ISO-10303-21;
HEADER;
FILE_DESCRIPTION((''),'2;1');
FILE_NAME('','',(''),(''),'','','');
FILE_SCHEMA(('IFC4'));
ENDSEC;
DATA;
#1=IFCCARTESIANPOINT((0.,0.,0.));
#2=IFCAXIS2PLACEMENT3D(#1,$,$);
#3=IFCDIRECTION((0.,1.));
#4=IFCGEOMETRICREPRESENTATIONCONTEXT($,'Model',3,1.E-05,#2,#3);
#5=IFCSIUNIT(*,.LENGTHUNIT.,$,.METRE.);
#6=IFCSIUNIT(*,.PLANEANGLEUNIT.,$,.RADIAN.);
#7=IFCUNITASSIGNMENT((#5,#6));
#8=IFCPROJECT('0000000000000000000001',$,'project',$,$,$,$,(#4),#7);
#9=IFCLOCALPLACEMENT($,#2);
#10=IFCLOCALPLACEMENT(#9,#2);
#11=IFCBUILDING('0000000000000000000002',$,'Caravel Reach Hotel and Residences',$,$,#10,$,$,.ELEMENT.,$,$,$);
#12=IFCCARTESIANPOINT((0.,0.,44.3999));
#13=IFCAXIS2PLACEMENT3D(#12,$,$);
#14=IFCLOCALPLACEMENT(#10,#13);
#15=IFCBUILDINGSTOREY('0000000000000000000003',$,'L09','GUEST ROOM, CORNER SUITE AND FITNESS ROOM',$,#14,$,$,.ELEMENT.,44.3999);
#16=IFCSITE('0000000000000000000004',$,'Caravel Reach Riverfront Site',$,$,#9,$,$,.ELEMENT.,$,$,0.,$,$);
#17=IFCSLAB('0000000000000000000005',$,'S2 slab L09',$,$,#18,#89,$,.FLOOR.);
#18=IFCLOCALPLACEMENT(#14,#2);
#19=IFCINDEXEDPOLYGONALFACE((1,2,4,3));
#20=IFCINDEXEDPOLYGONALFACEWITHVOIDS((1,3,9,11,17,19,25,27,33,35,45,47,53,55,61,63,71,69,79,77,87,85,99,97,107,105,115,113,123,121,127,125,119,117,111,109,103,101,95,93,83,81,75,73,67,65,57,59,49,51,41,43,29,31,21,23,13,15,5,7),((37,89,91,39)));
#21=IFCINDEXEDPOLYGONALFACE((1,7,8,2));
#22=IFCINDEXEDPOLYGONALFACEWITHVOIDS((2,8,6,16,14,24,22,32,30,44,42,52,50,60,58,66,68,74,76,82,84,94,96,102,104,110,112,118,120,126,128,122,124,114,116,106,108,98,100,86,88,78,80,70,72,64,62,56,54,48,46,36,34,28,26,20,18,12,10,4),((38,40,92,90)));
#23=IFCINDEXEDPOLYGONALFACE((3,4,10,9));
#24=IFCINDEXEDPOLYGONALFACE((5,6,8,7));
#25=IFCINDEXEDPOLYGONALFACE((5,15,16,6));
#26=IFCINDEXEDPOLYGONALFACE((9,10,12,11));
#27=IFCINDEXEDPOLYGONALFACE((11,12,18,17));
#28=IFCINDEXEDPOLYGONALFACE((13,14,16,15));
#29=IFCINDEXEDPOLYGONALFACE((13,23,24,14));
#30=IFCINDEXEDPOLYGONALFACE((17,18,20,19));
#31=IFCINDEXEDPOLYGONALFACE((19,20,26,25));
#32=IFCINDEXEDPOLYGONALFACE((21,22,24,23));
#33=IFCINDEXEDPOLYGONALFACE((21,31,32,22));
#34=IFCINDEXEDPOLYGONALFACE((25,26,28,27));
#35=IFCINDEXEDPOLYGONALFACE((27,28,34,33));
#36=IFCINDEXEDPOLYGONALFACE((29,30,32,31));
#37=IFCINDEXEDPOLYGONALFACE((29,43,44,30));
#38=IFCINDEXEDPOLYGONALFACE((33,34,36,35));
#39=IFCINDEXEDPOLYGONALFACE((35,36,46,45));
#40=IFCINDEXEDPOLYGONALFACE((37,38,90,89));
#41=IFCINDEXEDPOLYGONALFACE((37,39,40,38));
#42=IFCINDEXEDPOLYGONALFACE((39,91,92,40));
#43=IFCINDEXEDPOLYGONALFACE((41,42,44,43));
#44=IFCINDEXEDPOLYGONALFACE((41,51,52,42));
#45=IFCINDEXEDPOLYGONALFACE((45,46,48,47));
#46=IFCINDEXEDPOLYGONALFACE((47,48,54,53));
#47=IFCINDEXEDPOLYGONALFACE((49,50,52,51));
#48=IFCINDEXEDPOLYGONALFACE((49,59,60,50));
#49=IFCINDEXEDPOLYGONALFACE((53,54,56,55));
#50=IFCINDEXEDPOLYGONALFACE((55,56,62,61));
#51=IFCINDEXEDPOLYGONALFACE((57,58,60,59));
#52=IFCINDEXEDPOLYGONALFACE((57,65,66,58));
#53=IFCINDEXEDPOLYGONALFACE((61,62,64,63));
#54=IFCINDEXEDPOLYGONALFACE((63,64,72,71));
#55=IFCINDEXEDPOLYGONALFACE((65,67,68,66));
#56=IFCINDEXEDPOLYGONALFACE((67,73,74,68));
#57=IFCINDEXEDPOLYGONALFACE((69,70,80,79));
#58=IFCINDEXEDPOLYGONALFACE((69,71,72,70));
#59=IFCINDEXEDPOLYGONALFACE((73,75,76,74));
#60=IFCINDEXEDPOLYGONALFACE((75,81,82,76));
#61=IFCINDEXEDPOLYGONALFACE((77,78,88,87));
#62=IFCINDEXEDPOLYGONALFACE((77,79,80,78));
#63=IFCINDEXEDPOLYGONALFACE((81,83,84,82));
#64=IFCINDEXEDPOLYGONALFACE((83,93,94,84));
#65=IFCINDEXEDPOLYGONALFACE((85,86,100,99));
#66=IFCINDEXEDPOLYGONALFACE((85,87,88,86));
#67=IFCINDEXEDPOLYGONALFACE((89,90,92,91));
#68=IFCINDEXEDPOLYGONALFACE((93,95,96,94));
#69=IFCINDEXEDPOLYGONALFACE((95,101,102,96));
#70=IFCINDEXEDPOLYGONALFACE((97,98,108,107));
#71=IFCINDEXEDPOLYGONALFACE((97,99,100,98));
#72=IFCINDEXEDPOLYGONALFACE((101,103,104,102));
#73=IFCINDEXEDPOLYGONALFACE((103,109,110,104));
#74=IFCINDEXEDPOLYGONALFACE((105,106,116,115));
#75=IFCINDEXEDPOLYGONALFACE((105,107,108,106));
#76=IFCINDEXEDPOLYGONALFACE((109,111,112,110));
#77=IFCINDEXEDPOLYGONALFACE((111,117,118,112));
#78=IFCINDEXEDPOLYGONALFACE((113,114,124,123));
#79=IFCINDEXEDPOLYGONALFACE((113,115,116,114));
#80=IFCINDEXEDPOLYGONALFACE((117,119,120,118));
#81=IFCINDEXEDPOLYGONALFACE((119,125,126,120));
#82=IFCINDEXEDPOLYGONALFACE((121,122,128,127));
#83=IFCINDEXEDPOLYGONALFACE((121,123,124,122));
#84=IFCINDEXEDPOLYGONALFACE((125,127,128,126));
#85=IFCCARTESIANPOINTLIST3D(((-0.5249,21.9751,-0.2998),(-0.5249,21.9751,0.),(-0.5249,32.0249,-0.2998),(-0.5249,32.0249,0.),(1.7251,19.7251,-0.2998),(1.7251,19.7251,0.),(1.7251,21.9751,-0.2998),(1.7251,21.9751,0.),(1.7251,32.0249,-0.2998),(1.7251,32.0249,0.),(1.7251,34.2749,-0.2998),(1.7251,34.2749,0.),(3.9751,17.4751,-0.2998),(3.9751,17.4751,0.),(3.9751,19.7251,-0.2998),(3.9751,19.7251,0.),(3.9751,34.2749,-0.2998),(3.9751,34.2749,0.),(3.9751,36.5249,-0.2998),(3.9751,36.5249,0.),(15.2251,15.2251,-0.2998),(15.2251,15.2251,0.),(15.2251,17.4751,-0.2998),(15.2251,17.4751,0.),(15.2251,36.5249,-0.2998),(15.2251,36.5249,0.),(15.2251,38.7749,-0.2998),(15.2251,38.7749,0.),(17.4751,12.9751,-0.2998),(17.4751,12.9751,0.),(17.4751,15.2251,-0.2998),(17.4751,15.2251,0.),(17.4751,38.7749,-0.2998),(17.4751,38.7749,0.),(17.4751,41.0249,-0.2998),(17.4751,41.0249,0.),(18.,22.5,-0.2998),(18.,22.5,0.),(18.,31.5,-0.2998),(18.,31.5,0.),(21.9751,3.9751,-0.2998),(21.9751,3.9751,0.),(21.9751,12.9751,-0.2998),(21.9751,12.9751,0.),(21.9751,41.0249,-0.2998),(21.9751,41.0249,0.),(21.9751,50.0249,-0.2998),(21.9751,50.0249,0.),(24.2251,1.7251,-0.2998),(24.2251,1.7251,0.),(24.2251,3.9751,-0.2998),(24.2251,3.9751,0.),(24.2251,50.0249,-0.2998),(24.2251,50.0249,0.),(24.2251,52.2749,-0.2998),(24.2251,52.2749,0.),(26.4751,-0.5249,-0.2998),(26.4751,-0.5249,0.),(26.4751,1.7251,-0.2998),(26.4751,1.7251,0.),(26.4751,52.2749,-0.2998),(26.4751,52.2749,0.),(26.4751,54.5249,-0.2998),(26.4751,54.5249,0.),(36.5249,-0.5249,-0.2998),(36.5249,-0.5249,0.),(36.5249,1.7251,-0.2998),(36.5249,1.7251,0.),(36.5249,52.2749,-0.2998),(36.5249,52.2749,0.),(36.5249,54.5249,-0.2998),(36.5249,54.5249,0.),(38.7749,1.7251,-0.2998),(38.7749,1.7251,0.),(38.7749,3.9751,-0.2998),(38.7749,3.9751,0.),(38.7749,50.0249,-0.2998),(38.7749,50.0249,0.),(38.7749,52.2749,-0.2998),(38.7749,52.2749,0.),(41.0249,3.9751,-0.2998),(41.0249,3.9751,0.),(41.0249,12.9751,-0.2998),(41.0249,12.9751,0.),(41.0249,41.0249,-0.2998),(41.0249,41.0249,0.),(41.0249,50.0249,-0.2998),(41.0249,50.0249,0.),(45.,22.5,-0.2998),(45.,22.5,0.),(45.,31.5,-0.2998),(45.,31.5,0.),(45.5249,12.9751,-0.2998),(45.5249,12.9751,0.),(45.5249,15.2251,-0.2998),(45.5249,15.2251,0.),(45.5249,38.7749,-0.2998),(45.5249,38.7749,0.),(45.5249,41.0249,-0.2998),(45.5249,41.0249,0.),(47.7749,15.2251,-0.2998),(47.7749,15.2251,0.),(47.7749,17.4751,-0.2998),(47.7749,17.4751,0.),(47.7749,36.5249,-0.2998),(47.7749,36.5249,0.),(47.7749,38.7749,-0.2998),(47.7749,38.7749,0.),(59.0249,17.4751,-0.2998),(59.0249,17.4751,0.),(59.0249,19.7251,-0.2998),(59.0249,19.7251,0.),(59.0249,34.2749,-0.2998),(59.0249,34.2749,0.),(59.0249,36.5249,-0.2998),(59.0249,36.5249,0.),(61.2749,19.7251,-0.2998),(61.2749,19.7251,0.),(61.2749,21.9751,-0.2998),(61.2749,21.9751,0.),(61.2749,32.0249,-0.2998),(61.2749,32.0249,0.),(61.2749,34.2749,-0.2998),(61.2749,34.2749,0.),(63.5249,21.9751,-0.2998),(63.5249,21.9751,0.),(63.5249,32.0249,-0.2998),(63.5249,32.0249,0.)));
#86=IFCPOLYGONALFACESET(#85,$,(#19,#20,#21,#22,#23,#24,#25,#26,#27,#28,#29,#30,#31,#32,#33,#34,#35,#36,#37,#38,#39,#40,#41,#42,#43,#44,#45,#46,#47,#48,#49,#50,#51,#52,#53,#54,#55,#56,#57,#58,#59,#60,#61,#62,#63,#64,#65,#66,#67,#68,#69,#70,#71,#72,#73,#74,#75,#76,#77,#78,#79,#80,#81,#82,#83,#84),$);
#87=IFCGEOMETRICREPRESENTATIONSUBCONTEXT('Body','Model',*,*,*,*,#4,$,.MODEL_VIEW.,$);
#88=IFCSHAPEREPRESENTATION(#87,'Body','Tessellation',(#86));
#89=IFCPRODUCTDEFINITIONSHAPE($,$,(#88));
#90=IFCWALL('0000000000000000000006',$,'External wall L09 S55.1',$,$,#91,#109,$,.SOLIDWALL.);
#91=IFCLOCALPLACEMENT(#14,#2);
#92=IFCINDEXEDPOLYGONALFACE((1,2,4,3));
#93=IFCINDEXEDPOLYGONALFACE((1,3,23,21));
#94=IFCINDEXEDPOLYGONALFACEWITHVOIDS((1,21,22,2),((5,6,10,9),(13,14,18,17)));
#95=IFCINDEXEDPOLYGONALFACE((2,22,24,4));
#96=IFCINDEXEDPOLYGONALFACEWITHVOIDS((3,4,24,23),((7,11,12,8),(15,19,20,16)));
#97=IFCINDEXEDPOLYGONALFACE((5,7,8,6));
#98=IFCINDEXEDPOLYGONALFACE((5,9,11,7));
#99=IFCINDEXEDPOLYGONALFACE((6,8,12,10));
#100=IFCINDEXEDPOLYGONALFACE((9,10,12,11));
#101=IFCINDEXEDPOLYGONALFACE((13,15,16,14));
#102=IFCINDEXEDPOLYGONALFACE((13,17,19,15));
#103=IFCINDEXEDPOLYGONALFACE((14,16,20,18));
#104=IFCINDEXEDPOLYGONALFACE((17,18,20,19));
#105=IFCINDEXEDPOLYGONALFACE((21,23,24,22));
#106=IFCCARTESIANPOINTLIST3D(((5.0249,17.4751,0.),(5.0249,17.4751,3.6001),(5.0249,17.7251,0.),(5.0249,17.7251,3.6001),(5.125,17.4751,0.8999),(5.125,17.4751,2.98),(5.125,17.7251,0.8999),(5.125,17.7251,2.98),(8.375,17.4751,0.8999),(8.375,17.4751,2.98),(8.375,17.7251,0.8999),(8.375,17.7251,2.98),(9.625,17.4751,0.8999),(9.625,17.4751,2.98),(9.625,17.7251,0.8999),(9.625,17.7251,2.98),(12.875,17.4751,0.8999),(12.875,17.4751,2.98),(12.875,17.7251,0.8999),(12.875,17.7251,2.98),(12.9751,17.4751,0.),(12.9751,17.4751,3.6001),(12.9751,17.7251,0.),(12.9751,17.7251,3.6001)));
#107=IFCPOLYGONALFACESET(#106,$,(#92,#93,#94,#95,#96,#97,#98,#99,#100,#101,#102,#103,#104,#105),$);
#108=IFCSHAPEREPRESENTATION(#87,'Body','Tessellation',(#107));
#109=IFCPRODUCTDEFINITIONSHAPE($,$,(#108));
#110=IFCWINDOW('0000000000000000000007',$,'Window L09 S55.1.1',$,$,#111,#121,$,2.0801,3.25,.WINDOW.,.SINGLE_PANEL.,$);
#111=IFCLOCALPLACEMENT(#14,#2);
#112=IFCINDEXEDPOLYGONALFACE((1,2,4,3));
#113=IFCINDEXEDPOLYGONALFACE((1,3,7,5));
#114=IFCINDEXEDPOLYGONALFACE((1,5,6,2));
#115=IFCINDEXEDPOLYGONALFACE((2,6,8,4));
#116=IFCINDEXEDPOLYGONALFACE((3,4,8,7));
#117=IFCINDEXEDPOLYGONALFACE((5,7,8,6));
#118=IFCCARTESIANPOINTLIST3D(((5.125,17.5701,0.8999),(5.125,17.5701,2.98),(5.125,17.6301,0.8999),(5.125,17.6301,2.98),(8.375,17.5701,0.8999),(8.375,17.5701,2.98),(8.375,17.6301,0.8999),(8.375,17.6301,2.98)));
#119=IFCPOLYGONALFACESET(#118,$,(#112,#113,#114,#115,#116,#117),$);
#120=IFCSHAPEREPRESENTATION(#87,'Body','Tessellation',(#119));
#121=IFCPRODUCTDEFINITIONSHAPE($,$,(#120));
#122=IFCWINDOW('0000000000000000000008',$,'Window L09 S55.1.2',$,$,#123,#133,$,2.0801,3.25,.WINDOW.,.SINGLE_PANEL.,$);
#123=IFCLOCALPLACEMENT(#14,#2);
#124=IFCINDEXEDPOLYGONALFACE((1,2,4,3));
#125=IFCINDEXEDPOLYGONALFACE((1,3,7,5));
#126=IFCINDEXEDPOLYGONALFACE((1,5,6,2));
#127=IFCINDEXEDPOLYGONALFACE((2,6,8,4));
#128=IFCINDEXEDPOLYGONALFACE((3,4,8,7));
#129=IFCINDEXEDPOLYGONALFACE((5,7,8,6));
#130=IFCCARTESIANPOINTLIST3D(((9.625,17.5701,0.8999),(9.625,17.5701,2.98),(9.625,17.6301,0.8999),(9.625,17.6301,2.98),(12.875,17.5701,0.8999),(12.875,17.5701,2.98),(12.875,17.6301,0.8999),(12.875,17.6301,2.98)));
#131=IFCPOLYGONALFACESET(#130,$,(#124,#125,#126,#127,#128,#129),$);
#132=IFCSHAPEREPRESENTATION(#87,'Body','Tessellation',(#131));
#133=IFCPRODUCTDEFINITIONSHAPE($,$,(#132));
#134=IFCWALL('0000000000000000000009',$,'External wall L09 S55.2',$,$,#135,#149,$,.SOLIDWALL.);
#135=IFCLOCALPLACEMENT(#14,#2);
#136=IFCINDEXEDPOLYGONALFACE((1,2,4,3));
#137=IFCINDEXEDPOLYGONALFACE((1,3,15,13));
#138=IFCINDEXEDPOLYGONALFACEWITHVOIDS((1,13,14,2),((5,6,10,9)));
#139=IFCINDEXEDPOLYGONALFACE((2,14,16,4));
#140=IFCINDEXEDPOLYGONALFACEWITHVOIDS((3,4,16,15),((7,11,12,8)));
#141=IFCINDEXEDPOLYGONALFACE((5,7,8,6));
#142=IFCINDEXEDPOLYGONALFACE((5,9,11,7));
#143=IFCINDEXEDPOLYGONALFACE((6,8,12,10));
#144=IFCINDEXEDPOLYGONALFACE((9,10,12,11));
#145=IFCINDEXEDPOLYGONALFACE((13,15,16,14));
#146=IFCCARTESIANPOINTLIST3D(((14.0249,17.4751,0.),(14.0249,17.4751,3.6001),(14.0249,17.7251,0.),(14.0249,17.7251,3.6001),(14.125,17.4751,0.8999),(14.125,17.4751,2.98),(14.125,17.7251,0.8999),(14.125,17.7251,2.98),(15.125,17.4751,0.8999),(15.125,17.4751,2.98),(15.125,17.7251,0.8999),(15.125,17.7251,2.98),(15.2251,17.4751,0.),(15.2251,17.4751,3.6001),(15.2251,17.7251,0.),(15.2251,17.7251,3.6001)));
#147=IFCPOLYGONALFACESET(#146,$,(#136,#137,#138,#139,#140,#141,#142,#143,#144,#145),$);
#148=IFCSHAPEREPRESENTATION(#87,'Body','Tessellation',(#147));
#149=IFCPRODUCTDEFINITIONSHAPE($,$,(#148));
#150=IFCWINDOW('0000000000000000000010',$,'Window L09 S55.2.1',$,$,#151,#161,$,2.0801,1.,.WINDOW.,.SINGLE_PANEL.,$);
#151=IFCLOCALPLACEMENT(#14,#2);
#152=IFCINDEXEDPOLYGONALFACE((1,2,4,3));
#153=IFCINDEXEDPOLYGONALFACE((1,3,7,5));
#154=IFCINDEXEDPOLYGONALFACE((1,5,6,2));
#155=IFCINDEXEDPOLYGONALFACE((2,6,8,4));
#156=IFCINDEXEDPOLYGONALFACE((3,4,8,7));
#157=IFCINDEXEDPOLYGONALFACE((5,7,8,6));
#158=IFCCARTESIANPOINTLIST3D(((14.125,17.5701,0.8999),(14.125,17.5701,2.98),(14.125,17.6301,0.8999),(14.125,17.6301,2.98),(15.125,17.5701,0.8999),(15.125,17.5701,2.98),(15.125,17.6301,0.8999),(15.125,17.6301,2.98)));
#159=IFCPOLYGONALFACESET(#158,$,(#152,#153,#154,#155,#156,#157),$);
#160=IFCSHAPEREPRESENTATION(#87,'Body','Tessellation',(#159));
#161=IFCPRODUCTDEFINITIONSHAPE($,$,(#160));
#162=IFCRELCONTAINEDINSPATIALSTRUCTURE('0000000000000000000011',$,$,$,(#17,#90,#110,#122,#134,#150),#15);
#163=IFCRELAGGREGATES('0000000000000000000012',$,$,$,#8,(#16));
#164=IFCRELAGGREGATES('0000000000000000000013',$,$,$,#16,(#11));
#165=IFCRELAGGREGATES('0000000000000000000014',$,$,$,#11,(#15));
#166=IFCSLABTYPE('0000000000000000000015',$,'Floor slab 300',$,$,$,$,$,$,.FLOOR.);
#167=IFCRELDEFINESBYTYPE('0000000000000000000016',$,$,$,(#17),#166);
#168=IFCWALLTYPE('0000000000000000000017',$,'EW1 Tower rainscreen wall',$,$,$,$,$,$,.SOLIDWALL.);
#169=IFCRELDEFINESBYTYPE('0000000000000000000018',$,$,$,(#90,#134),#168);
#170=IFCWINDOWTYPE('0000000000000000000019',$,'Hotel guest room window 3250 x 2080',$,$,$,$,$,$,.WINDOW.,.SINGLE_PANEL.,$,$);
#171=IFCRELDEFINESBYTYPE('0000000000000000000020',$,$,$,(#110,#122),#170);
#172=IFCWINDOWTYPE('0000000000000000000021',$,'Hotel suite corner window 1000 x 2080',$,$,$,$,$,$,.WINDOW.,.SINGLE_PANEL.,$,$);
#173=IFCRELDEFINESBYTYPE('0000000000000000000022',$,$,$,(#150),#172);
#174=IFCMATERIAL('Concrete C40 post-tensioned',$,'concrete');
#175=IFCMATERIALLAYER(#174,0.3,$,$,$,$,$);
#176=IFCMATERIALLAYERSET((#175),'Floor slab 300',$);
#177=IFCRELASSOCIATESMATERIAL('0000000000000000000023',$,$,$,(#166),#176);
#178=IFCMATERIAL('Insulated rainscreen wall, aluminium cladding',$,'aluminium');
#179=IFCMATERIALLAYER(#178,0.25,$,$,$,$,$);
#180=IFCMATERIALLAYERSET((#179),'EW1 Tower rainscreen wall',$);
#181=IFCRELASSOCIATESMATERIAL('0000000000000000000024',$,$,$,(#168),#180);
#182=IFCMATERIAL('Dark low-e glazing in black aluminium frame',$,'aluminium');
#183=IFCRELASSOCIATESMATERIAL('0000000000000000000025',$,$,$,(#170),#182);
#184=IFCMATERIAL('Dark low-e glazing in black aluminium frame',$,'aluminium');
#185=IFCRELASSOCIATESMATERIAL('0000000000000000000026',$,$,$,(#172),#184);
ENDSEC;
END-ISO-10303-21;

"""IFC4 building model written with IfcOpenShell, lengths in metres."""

from ifc_helpers import new_model, si_unit, direction, frame, frame_2d, origin, place, context, subcontext, project, spatial, polyline, rectangle, outline, extrude, material, layer, layer_set, type_object, element, fill, save


model = new_model("IFC4")

# Units and contexts
model_context = context("Model", 3, precision=1e-05, world=origin(), true_north=direction((0.0, 1.0)))
body_context = subcontext(model_context, "Body", "Model", "MODEL_VIEW")
ifc_project = project(units=[si_unit("LENGTHUNIT", "METRE"), si_unit("PLANEANGLEUNIT", "RADIAN")], contexts=[model_context])

# Site, building, storey
site_placement = place(None, origin())
site = spatial("IfcSite", under=ifc_project, at=site_placement, Name="Caravel Reach Riverfront Site", CompositionType="ELEMENT", RefElevation=0.0)
building_placement = place(site_placement, origin())
building = spatial("IfcBuilding", under=site, at=building_placement, Name="Caravel Reach Hotel and Residences", CompositionType="ELEMENT")
storey_placement = place(building_placement, frame((0.0, 0.0, 44.3999)))
storey = spatial("IfcBuildingStorey", under=building, at=storey_placement, Name="L09", Description="GUEST ROOM, CORNER SUITE AND FITNESS ROOM", CompositionType="ELEMENT", Elevation=44.3999)

# Slab
ifc_material_1 = material(Name="Concrete C40 post-tensioned", Category="concrete")
ifc_layer_1 = layer(ifc_material_1, 0.3)
ifc_layer_set_1 = layer_set([ifc_layer_1], Name="Floor slab 300")
slab_type_1 = type_object("IfcSlabType", Name="Floor slab 300", PredefinedType="FLOOR", material=ifc_layer_set_1)
slab_1_placement = place(storey_placement, frame((0.0, 0.0, -0.2998)))
element("IfcSlab", 1, at=slab_1_placement, inside=storey, type_object=slab_type_1, Name="S2 slab L09", PredefinedType="FLOOR", context=body_context, shape_type="SweptSolid", body=[
    extrude(outline(polyline([(17.4751, 12.9751), (17.4751, 15.2251), (15.2251, 15.2251), (15.2251, 17.4751), (3.9751, 17.4751), (3.9751, 19.7251), (1.7251, 19.7251), (1.7251, 21.9751), (-0.5249, 21.9751), (-0.5249, 32.0249), (1.7251, 32.0249), (1.7251, 34.2749), (3.9751, 34.2749), (3.9751, 36.5249), (15.2251, 36.5249), (15.2251, 38.7749), (17.4751, 38.7749), (17.4751, 41.0249), (21.9751, 41.0249), (21.9751, 50.0249), (24.2251, 50.0249), (24.2251, 52.2749), (26.4751, 52.2749), (26.4751, 54.5249), (36.5249, 54.5249), (36.5249, 52.2749), (38.7749, 52.2749), (38.7749, 50.0249), (41.0249, 50.0249), (41.0249, 41.0249), (45.5249, 41.0249), (45.5249, 38.7749), (47.7749, 38.7749), (47.7749, 36.5249), (59.0249, 36.5249), (59.0249, 34.2749), (61.2749, 34.2749), (61.2749, 32.0249), (63.5249, 32.0249), (63.5249, 21.9751), (61.2749, 21.9751), (61.2749, 19.7251), (59.0249, 19.7251), (59.0249, 17.4751), (47.7749, 17.4751), (47.7749, 15.2251), (45.5249, 15.2251), (45.5249, 12.9751), (41.0249, 12.9751), (41.0249, 3.9751), (38.7749, 3.9751), (38.7749, 1.7251), (36.5249, 1.7251), (36.5249, -0.5249), (26.4751, -0.5249), (26.4751, 1.7251), (24.2251, 1.7251), (24.2251, 3.9751), (21.9751, 3.9751), (21.9751, 12.9751), (17.4751, 12.9751)]), holes=[polyline([(45.0, 31.5), (18.0, 31.5), (18.0, 22.5), (45.0, 22.5), (45.0, 31.5)])]), origin(), (0.0, 0.0, 1.0), 0.2998),
])

# Wall, openings, windows
ifc_material_2 = material(Name="Insulated rainscreen wall, aluminium cladding", Category="aluminium")
ifc_layer_2 = layer(ifc_material_2, 0.25)
ifc_layer_set_2 = layer_set([ifc_layer_2], Name="EW1 Tower rainscreen wall")
wall_type_1 = type_object("IfcWallType", Name="EW1 Tower rainscreen wall", PredefinedType="SOLIDWALL", material=ifc_layer_set_2)
wall_1_placement = place(storey_placement, frame((5.0249, 17.6001, 0.0), z_axis=(0.0, 0.0, 1.0), x_axis=(1.0, 0.0, 0.0)))
wall_1 = element("IfcWall", 2, at=wall_1_placement, inside=storey, type_object=wall_type_1, Name="External wall L09 S55.1", PredefinedType="SOLIDWALL", context=body_context, shape_type="SweptSolid", body=[
    extrude(rectangle(XDim=7.9502, YDim=0.25, at=frame_2d((3.9751, 0.0))), origin(), (0.0, 0.0, 1.0), 3.6001),
])
opening_1_placement = place(wall_1_placement, frame((0.1001, 0.0, 0.8999)))
opening_1 = element("IfcOpeningElement", 3, at=opening_1_placement, cuts=wall_1, PredefinedType="OPENING", context=body_context, shape_type="SweptSolid", body=[
    extrude(rectangle(XDim=3.25, YDim=2.0801, at=frame_2d((1.625, 1.04))), frame((0.0, 0.135, 0.0), z_axis=(0.0, -1.0, 0.0), x_axis=(1.0, 0.0, 0.0)), (0.0, 0.0, 1.0), 0.27),
])
opening_2_placement = place(wall_1_placement, frame((4.6001, 0.0, 0.8999)))
opening_2 = element("IfcOpeningElement", 4, at=opening_2_placement, cuts=wall_1, PredefinedType="OPENING", context=body_context, shape_type="SweptSolid", body=[
    extrude(rectangle(XDim=3.25, YDim=2.0801, at=frame_2d((1.625, 1.04))), frame((0.0, 0.135, 0.0), z_axis=(0.0, -1.0, 0.0), x_axis=(1.0, 0.0, 0.0)), (0.0, 0.0, 1.0), 0.27),
])
ifc_material_3 = material(Name="Dark low-e glazing in black aluminium frame", Category="aluminium")
window_type_1 = type_object("IfcWindowType", Name="Hotel guest room window 3250 x 2080", PartitioningType="SINGLE_PANEL", PredefinedType="WINDOW", material=ifc_material_3)
window_1_placement = place(opening_1_placement, origin())
window_1 = element("IfcWindow", 5, at=window_1_placement, inside=storey, type_object=window_type_1, Name="Window L09 S55.1.1", OverallHeight=2.0801, OverallWidth=3.25, PartitioningType="SINGLE_PANEL", PredefinedType="WINDOW", context=body_context, shape_type="SweptSolid", body=[
    extrude(rectangle(XDim=3.25, YDim=2.0801, at=frame_2d((1.625, 1.04))), frame((0.0, 0.03, 0.0), z_axis=(0.0, -1.0, 0.0), x_axis=(1.0, 0.0, 0.0)), (0.0, 0.0, 1.0), 0.0601),
])
fill(opening_1, window_1)
window_2_placement = place(opening_2_placement, origin())
window_2 = element("IfcWindow", 6, at=window_2_placement, inside=storey, type_object=window_type_1, Name="Window L09 S55.1.2", OverallHeight=2.0801, OverallWidth=3.25, PartitioningType="SINGLE_PANEL", PredefinedType="WINDOW", context=body_context, shape_type="SweptSolid", body=[
    extrude(rectangle(XDim=3.25, YDim=2.0801, at=frame_2d((1.625, 1.04))), frame((0.0, 0.03, 0.0), z_axis=(0.0, -1.0, 0.0), x_axis=(1.0, 0.0, 0.0)), (0.0, 0.0, 1.0), 0.0601),
])
fill(opening_2, window_2)

# Wall, opening, window
wall_2_placement = place(storey_placement, frame((14.0249, 17.6001, 0.0), z_axis=(0.0, 0.0, 1.0), x_axis=(1.0, 0.0, 0.0)))
wall_2 = element("IfcWall", 7, at=wall_2_placement, inside=storey, type_object=wall_type_1, Name="External wall L09 S55.2", PredefinedType="SOLIDWALL", context=body_context, shape_type="SweptSolid", body=[
    extrude(rectangle(XDim=1.2002, YDim=0.25, at=frame_2d((0.6001, 0.0))), origin(), (0.0, 0.0, 1.0), 3.6001),
])
opening_3_placement = place(wall_2_placement, frame((0.1001, 0.0, 0.8999)))
opening_3 = element("IfcOpeningElement", 8, at=opening_3_placement, cuts=wall_2, PredefinedType="OPENING", context=body_context, shape_type="SweptSolid", body=[
    extrude(rectangle(XDim=1.0, YDim=2.0801, at=frame_2d((0.5, 1.04))), frame((0.0, 0.135, 0.0), z_axis=(0.0, -1.0, 0.0), x_axis=(1.0, 0.0, 0.0)), (0.0, 0.0, 1.0), 0.27),
])
ifc_material_4 = material(Name="Dark low-e glazing in black aluminium frame", Category="aluminium")
window_type_2 = type_object("IfcWindowType", Name="Hotel suite corner window 1000 x 2080", PartitioningType="SINGLE_PANEL", PredefinedType="WINDOW", material=ifc_material_4)
window_3_placement = place(opening_3_placement, origin())
window_3 = element("IfcWindow", 9, at=window_3_placement, inside=storey, type_object=window_type_2, Name="Window L09 S55.2.1", OverallHeight=2.0801, OverallWidth=1.0, PartitioningType="SINGLE_PANEL", PredefinedType="WINDOW", context=body_context, shape_type="SweptSolid", body=[
    extrude(rectangle(XDim=1.0, YDim=2.0801, at=frame_2d((0.5, 1.04))), frame((0.0, 0.03, 0.0), z_axis=(0.0, -1.0, 0.0), x_axis=(1.0, 0.0, 0.0)), (0.0, 0.0, 1.0), 0.0601),
])
fill(opening_3, window_3)

save(model, "model.ifc")
